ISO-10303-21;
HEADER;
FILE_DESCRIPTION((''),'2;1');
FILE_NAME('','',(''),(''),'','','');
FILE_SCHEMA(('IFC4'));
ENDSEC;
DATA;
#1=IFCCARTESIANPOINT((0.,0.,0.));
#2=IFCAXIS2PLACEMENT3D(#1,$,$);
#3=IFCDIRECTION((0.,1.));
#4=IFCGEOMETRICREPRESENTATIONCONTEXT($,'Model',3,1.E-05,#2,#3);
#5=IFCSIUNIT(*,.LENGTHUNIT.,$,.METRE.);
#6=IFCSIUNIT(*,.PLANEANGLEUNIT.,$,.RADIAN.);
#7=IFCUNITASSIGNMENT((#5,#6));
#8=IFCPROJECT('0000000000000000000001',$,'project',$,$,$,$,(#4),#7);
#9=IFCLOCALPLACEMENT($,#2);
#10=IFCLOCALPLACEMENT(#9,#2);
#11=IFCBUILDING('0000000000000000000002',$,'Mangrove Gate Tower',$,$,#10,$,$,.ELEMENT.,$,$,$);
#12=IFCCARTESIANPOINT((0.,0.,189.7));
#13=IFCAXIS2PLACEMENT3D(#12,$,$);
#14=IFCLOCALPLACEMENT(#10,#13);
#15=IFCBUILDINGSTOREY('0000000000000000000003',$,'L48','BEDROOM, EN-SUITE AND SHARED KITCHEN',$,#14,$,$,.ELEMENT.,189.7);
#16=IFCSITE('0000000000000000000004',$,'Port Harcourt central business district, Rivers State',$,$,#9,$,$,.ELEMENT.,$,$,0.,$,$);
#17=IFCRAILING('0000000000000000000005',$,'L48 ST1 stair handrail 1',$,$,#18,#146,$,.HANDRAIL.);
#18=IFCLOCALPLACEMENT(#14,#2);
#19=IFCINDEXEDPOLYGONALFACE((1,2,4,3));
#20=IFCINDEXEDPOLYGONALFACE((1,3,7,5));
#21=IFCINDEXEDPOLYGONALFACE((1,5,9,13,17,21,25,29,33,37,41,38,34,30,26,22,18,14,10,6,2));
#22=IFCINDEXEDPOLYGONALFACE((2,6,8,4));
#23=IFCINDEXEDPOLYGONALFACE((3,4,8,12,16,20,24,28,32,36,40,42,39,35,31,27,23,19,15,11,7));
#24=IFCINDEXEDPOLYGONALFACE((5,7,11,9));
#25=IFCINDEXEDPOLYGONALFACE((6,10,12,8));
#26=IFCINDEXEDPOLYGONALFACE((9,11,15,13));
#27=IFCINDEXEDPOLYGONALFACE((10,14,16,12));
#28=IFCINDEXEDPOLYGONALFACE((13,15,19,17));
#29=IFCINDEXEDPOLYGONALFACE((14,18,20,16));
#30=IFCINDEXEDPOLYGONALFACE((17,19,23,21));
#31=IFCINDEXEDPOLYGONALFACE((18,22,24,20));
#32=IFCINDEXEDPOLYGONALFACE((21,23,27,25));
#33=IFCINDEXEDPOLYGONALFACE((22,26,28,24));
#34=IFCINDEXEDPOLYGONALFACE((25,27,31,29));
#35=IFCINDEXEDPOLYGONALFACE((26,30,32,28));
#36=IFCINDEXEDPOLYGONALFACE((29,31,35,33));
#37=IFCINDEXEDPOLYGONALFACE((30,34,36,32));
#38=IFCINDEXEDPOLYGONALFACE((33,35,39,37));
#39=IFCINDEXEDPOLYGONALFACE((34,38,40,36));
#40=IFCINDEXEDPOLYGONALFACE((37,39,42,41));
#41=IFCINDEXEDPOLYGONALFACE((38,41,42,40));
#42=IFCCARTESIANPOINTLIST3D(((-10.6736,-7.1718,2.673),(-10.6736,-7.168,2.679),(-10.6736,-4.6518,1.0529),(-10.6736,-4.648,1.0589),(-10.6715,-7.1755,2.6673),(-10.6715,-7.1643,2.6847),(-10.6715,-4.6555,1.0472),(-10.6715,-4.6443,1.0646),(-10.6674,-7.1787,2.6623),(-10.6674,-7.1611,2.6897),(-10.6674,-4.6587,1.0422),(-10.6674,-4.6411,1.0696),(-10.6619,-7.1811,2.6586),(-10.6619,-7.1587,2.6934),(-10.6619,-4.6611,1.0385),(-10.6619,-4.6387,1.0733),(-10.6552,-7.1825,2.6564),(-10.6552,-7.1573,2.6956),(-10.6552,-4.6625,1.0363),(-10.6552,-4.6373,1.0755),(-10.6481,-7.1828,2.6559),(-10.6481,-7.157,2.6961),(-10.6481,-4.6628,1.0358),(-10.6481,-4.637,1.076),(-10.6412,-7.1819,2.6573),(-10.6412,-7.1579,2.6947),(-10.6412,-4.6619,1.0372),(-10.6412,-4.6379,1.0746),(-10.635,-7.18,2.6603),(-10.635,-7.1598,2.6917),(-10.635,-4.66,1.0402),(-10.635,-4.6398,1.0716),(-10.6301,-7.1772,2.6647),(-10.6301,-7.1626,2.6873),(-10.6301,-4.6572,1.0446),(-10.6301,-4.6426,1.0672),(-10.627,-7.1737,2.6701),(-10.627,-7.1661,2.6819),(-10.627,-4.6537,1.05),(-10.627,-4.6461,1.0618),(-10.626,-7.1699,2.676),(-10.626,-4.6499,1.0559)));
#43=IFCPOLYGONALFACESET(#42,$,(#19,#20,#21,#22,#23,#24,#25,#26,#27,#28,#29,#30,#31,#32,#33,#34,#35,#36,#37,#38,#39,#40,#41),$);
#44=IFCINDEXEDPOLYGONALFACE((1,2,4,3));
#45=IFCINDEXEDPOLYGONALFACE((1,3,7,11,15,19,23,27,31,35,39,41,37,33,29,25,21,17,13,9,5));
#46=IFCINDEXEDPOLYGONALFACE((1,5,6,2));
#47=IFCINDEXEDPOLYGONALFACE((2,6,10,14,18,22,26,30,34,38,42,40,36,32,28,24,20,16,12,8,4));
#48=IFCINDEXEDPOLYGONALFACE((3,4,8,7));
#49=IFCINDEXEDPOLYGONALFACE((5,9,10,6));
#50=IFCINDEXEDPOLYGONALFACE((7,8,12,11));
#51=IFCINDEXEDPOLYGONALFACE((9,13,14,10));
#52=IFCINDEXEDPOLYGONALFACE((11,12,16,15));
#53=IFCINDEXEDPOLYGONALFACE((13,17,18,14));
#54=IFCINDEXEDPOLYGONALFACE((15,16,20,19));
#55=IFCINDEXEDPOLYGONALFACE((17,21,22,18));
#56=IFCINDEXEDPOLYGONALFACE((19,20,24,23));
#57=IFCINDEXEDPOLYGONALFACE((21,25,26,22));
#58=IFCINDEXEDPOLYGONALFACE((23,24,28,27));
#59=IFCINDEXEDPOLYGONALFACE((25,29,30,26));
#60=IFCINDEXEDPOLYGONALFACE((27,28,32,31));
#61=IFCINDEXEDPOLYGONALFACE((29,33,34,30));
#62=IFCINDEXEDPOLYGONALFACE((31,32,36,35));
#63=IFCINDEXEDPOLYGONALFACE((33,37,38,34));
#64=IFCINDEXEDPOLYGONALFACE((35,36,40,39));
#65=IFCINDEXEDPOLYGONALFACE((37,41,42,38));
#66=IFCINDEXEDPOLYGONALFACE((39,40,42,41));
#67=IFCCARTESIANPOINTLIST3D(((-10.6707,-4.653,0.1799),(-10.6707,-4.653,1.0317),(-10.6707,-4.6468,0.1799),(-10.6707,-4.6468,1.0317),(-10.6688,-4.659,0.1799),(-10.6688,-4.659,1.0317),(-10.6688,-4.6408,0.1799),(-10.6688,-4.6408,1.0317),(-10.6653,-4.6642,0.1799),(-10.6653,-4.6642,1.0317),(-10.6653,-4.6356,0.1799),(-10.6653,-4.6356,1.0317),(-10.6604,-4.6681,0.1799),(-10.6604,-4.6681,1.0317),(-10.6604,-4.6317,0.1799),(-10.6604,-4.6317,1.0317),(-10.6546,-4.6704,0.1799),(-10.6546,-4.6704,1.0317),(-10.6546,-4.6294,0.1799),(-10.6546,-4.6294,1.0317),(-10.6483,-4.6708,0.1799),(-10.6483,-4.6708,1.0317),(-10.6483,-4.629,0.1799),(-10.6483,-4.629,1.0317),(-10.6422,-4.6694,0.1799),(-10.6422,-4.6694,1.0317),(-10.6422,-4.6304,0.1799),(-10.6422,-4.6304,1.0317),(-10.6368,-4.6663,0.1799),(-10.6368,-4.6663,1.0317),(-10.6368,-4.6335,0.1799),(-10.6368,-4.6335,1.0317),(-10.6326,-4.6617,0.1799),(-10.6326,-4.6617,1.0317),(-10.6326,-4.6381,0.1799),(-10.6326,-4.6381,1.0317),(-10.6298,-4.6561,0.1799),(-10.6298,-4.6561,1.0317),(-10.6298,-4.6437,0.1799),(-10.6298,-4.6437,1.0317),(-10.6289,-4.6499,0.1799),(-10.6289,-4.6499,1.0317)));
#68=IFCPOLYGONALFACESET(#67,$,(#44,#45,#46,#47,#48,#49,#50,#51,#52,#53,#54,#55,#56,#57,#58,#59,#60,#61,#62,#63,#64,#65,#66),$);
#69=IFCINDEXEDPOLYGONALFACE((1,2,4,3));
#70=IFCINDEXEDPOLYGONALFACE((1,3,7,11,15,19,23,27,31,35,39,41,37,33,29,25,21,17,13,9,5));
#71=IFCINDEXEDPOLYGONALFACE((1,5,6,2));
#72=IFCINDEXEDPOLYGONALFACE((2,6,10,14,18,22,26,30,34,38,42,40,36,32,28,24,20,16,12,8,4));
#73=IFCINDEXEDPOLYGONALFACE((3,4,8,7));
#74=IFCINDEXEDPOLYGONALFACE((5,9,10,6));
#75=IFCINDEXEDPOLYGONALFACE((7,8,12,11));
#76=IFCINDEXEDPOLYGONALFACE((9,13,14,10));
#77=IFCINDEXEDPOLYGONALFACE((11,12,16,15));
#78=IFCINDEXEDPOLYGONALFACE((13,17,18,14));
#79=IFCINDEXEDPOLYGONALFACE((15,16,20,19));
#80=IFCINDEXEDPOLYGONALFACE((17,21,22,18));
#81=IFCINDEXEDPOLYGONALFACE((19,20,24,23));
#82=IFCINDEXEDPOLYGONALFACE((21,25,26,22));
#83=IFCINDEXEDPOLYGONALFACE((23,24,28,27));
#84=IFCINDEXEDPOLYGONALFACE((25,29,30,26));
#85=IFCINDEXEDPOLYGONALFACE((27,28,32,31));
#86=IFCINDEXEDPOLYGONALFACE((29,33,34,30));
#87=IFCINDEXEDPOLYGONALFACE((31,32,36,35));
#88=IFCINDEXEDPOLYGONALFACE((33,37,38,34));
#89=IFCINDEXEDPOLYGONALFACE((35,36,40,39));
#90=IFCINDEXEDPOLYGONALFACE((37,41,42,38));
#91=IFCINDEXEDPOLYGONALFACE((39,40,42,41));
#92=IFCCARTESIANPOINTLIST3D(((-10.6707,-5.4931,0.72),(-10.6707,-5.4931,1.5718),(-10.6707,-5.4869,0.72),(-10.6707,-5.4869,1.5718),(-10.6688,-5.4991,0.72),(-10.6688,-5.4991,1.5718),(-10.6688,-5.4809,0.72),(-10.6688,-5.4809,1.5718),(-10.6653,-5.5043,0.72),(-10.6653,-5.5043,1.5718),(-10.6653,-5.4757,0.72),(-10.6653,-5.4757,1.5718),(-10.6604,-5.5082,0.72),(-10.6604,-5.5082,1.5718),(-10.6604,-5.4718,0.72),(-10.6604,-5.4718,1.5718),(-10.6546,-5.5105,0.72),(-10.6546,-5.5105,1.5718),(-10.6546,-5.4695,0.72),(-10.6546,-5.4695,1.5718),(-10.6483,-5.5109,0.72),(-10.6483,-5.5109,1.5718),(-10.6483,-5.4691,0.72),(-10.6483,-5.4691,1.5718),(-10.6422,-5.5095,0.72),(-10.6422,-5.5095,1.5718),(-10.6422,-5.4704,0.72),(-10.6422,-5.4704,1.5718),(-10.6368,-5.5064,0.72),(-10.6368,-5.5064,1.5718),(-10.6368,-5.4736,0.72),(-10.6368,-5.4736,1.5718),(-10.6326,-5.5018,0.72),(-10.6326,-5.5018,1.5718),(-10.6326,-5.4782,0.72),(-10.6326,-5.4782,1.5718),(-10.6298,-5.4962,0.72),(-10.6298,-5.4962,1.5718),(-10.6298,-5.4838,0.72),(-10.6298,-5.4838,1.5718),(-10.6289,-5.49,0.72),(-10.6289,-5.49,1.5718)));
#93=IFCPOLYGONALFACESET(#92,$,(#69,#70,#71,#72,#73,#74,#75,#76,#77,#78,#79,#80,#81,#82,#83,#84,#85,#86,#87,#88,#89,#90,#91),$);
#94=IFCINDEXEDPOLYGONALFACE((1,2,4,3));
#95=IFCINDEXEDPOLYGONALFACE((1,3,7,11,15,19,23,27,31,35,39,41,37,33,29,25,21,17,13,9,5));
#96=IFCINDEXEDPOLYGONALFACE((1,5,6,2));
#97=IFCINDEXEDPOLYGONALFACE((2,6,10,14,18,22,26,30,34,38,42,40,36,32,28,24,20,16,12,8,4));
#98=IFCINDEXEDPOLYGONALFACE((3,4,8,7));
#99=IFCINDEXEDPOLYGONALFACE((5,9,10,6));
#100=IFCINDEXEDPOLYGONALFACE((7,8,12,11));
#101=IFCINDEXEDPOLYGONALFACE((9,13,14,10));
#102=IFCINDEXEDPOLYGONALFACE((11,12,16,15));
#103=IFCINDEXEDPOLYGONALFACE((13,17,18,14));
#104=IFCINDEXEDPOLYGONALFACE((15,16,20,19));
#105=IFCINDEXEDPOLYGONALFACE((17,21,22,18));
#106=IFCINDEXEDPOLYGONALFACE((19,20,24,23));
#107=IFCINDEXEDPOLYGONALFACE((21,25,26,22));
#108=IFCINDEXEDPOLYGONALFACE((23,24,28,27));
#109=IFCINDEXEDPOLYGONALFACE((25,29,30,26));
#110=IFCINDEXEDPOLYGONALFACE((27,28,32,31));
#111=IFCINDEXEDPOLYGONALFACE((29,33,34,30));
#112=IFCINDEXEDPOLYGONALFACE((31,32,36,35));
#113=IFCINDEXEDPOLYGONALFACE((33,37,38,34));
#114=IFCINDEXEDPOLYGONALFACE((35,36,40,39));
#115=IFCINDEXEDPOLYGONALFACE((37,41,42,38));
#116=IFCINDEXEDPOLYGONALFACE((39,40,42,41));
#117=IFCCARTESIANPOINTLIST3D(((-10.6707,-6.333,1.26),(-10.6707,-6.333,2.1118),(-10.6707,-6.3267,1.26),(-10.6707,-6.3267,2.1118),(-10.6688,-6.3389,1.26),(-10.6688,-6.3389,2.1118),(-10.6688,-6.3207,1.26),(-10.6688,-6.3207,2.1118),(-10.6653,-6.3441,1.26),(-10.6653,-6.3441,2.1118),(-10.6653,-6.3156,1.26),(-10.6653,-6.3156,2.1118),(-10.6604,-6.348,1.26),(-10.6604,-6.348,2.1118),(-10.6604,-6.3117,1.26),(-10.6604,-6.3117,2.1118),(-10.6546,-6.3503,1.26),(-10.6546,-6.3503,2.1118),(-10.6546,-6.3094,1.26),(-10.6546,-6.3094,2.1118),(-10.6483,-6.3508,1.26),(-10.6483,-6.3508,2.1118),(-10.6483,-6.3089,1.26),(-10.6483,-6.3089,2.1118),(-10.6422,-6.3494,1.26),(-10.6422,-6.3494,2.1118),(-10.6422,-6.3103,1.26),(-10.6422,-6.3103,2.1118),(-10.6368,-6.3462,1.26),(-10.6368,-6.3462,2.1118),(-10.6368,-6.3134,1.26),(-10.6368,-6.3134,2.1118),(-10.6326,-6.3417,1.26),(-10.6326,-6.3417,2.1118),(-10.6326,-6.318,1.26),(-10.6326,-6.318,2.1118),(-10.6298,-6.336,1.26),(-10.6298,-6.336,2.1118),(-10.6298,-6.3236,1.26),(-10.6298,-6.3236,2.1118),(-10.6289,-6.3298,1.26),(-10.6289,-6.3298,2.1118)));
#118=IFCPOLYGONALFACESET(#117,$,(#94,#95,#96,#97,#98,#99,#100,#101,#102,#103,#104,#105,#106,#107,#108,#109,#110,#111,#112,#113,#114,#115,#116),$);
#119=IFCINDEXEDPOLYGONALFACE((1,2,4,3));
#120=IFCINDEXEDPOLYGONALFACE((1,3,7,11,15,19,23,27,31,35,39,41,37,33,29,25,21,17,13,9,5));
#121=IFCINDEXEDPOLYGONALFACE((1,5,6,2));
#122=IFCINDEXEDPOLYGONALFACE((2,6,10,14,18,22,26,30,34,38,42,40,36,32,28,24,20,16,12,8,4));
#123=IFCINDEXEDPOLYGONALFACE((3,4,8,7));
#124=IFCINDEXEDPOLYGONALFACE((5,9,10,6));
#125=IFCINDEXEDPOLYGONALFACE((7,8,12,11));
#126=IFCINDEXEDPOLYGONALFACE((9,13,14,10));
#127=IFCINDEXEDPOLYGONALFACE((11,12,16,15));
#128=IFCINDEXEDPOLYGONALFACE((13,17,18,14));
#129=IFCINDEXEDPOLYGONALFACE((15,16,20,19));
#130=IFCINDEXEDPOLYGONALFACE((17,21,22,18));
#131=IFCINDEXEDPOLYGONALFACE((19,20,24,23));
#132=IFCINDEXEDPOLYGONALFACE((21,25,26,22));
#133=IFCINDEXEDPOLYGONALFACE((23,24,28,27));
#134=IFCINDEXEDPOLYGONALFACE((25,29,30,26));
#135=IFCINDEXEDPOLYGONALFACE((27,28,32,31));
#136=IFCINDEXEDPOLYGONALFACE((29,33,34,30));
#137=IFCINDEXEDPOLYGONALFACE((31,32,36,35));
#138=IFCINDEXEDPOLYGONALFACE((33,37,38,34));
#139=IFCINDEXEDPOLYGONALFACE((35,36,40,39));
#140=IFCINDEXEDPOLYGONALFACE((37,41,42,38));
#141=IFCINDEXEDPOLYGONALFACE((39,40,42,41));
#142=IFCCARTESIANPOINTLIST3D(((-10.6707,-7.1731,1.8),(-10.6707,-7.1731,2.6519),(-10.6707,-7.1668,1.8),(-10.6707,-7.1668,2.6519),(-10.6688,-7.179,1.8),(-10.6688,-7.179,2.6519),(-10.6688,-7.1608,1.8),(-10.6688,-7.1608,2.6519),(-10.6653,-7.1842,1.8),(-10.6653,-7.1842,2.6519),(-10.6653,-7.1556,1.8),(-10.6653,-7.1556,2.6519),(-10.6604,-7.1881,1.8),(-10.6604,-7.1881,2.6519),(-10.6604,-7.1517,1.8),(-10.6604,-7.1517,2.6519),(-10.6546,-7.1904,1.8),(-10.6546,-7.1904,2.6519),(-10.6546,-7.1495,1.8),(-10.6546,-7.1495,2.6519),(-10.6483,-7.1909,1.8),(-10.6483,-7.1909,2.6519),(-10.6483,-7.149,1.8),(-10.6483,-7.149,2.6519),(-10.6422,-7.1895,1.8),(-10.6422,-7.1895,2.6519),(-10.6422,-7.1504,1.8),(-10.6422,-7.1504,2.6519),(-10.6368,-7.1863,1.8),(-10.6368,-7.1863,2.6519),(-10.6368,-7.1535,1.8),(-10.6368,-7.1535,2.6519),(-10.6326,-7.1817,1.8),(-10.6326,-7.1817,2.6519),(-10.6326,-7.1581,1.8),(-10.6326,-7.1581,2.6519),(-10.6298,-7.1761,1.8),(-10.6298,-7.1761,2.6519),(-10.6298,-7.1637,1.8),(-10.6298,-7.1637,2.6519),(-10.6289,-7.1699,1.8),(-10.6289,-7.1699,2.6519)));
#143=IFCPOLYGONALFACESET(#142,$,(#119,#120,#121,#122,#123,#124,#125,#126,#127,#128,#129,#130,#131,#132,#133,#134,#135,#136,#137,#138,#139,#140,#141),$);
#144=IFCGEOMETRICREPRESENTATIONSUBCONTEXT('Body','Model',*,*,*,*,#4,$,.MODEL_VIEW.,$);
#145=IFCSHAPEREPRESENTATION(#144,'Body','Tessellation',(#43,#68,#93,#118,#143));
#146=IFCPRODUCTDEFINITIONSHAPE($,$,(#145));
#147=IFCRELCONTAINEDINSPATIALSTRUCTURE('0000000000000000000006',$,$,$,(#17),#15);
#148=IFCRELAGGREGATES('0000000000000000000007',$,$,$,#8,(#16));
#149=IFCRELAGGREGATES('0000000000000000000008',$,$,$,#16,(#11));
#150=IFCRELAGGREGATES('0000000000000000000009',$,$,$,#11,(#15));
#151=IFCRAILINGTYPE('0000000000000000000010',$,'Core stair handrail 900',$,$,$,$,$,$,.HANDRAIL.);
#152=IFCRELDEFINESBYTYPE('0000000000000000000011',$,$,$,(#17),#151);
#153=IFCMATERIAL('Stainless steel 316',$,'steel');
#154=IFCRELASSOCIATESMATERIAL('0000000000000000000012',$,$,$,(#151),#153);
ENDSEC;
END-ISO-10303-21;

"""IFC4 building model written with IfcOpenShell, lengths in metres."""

from ifc_helpers import new_model, si_unit, direction, frame, origin, origin_2d, place, context, subcontext, project, spatial, circle, extrude, material, type_object, element, save


model = new_model("IFC4")

# Units and contexts
model_context = context("Model", 3, precision=1e-05, world=origin(), true_north=direction((0.0, 1.0)))
body_context = subcontext(model_context, "Body", "Model", "MODEL_VIEW")
ifc_project = project(units=[si_unit("LENGTHUNIT", "METRE"), si_unit("PLANEANGLEUNIT", "RADIAN")], contexts=[model_context])

# Site, building, storey
site_placement = place(None, origin())
site = spatial("IfcSite", under=ifc_project, at=site_placement, Name="Port Harcourt central business district, Rivers State", CompositionType="ELEMENT", RefElevation=0.0)
building_placement = place(site_placement, origin())
building = spatial("IfcBuilding", under=site, at=building_placement, Name="Mangrove Gate Tower", CompositionType="ELEMENT")
storey_placement = place(building_placement, frame((0.0, 0.0, 189.7)))
storey = spatial("IfcBuildingStorey", under=building, at=storey_placement, Name="L48", Description="BEDROOM, EN-SUITE AND SHARED KITCHEN", CompositionType="ELEMENT", Elevation=189.7)

# Railing
ifc_material_1 = material(Name="Stainless steel 316", Category="steel")
railing_type_1 = type_object("IfcRailingType", Name="Core stair handrail 900", PredefinedType="HANDRAIL", material=ifc_material_1)
railing_1_placement = place(storey_placement, frame((-10.6499, -4.6499, 0.1799)))
element("IfcRailing", 1, at=railing_1_placement, inside=storey, type_object=railing_type_1, Name="L48 ST1 stair handrail 1", PredefinedType="HANDRAIL", context=body_context, shape_type="SweptSolid", body=[
    extrude(circle(Radius=0.0239, at=origin_2d()), frame((0.0, 0.0, 0.876), z_axis=(0.0, -0.841163, 0.540782), x_axis=(1.0, 0.0, 0.0)), (0.0, 0.0, 1.0), 2.9958),
    extrude(circle(Radius=0.021, at=origin_2d()), origin(), (0.0, 0.0, 1.0), 0.8518),
    extrude(circle(Radius=0.021, at=origin_2d()), frame((0.0, -0.8401, 0.54)), (0.0, 0.0, 1.0), 0.8518),
    extrude(circle(Radius=0.021, at=origin_2d()), frame((0.0, -1.6799, 1.0801)), (0.0, 0.0, 1.0), 0.8518),
    extrude(circle(Radius=0.021, at=origin_2d()), frame((0.0, -2.52, 1.6201)), (0.0, 0.0, 1.0), 0.8518),
])

save(model, "model.ifc")
